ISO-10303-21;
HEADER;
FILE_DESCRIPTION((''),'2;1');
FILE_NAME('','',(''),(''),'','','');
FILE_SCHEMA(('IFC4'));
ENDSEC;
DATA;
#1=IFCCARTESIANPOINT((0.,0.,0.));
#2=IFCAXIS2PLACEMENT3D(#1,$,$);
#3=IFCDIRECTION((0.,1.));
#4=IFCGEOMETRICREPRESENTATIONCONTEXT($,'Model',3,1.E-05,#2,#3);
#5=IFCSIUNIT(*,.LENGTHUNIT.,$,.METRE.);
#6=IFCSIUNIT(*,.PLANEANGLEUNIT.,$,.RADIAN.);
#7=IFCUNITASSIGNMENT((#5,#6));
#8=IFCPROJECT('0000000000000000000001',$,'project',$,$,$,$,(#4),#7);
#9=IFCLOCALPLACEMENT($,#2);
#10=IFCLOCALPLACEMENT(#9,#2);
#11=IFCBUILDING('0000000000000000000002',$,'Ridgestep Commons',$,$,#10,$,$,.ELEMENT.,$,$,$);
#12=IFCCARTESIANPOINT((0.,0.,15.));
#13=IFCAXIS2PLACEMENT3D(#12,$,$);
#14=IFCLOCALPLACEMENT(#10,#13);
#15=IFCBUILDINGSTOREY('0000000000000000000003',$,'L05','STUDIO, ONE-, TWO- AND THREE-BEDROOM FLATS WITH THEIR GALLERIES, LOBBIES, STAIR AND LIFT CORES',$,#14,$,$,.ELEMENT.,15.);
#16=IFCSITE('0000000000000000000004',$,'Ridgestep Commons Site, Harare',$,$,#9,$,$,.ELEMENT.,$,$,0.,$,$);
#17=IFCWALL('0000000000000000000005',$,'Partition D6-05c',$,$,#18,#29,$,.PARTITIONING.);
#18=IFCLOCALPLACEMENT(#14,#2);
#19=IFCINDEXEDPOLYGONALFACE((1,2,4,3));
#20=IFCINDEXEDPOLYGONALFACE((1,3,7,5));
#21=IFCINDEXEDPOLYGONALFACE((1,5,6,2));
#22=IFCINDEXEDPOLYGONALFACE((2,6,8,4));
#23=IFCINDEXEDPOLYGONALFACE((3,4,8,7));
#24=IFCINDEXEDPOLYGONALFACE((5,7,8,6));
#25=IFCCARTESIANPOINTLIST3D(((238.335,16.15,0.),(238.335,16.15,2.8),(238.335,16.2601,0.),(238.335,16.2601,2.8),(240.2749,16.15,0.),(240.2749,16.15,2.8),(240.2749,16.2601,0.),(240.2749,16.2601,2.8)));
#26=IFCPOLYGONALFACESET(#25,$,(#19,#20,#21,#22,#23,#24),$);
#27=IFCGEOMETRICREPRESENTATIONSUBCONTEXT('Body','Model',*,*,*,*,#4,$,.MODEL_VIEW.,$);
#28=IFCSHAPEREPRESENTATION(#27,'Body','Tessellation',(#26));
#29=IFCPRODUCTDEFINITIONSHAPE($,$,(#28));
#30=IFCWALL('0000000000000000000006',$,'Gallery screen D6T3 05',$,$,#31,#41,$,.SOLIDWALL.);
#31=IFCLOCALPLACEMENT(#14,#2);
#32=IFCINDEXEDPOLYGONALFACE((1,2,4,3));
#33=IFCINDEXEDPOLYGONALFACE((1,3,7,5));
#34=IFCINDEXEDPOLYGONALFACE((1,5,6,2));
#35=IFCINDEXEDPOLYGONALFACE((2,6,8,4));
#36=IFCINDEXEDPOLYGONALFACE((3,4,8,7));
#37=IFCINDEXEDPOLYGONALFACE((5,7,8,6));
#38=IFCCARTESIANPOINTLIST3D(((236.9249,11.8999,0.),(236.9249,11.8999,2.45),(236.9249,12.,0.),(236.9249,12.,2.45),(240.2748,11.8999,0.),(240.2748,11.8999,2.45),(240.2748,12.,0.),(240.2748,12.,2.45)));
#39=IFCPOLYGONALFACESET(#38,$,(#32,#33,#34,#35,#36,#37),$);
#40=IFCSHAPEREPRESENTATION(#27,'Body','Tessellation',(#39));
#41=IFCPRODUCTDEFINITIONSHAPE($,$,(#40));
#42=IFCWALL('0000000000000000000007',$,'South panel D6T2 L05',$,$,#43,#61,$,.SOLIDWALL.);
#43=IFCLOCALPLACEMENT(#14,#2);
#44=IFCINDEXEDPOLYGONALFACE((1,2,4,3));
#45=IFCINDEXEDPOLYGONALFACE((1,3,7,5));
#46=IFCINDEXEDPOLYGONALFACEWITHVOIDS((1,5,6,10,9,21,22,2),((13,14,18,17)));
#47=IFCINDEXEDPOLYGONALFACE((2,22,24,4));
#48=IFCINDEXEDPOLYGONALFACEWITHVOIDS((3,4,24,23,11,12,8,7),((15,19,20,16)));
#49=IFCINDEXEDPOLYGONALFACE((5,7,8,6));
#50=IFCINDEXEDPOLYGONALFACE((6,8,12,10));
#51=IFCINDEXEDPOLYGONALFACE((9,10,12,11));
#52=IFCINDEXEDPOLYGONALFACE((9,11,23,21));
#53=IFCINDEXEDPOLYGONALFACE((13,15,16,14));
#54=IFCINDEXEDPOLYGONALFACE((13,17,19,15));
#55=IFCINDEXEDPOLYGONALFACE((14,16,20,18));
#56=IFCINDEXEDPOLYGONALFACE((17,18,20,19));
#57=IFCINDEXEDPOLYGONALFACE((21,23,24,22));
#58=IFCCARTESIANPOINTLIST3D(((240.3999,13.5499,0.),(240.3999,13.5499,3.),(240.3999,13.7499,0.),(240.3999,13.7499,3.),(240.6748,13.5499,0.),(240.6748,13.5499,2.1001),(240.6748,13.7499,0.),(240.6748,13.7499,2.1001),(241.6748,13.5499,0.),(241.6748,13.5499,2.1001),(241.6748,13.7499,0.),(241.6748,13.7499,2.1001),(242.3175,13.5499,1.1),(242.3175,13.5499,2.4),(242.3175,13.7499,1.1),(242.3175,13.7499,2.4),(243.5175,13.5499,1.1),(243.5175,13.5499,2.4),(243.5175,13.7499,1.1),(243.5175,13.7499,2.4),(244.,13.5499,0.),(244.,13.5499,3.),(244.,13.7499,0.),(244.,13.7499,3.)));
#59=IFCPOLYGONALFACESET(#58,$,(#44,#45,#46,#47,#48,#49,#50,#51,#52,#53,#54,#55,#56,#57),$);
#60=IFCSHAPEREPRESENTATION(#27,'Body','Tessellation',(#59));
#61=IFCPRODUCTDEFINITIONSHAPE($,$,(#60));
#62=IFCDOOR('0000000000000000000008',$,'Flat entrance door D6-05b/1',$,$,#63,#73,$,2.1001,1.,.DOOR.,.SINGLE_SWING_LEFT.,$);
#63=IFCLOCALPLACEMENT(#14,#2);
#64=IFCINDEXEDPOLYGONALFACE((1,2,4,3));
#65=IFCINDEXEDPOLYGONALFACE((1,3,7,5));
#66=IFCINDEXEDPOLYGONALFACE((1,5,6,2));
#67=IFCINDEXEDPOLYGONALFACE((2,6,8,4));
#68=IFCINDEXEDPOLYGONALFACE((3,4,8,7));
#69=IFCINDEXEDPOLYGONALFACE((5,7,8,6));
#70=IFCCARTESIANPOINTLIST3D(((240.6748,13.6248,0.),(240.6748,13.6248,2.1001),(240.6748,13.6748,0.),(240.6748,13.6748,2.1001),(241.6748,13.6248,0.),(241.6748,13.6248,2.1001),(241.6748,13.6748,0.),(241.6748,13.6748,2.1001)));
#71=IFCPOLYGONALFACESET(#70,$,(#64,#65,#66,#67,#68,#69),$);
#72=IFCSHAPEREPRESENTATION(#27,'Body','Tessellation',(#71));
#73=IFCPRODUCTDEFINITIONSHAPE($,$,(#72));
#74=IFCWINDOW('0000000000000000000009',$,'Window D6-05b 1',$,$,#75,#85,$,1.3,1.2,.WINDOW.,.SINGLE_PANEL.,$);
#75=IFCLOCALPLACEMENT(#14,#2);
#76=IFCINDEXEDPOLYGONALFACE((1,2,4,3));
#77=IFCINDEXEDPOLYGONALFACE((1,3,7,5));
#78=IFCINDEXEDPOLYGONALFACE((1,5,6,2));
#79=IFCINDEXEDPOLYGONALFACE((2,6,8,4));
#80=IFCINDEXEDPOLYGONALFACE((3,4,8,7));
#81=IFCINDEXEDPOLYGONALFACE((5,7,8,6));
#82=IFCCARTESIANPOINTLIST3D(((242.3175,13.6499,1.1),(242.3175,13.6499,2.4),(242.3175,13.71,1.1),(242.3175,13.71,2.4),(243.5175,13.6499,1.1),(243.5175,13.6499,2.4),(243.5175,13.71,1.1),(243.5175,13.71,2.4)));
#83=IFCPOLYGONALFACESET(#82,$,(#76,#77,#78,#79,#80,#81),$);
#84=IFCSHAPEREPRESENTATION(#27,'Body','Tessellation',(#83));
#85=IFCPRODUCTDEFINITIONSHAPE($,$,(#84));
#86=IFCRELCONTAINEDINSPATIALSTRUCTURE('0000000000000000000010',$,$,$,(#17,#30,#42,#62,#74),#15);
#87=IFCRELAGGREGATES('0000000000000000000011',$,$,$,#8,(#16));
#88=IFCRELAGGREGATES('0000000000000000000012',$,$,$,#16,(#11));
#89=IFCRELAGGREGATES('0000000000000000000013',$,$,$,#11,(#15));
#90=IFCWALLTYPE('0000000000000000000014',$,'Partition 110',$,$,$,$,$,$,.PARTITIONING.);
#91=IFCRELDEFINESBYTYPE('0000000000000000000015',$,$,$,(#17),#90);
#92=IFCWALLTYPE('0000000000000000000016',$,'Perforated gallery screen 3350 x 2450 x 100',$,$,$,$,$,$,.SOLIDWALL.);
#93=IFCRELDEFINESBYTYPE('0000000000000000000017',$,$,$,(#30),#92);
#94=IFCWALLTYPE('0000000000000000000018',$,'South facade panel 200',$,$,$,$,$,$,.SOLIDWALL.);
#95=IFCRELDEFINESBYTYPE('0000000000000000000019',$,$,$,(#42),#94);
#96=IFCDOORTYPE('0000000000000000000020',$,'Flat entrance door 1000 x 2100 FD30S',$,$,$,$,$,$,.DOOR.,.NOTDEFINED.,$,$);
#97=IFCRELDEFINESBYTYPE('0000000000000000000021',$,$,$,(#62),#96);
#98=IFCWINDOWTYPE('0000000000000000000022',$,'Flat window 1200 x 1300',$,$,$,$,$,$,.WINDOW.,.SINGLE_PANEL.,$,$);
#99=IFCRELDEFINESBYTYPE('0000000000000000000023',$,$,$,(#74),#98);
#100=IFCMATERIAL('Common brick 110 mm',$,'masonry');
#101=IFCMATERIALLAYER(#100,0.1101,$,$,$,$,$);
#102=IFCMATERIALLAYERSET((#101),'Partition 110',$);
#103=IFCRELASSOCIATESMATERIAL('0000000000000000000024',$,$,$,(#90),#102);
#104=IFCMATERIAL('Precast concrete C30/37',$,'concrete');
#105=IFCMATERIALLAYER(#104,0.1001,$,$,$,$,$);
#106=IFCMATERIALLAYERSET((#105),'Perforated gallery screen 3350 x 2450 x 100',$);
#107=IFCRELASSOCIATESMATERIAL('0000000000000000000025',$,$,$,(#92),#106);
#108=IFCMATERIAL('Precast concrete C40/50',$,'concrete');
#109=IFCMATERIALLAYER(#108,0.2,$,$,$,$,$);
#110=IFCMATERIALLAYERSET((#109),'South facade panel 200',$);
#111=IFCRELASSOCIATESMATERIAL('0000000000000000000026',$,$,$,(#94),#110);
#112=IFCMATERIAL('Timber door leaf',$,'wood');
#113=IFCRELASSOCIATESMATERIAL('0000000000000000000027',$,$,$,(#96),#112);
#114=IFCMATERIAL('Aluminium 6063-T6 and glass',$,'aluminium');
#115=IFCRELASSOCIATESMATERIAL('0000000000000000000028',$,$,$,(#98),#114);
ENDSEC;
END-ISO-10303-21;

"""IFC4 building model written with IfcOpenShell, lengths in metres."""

from ifc_helpers import new_model, si_unit, direction, frame, frame_2d, origin, place, context, subcontext, project, spatial, rectangle, extrude, material, layer, layer_set, type_object, element, fill, save


model = new_model("IFC4")

# Units and contexts
model_context = context("Model", 3, precision=1e-05, world=origin(), true_north=direction((0.0, 1.0)))
body_context = subcontext(model_context, "Body", "Model", "MODEL_VIEW")
ifc_project = project(units=[si_unit("LENGTHUNIT", "METRE"), si_unit("PLANEANGLEUNIT", "RADIAN")], contexts=[model_context])

# Site, building, storey
site_placement = place(None, origin())
site = spatial("IfcSite", under=ifc_project, at=site_placement, Name="Ridgestep Commons Site, Harare", CompositionType="ELEMENT", RefElevation=0.0)
building_placement = place(site_placement, origin())
building = spatial("IfcBuilding", under=site, at=building_placement, Name="Ridgestep Commons", CompositionType="ELEMENT")
storey_placement = place(building_placement, frame((0.0, 0.0, 15.0)))
storey = spatial("IfcBuildingStorey", under=building, at=storey_placement, Name="L05", Description="STUDIO, ONE-, TWO- AND THREE-BEDROOM FLATS WITH THEIR GALLERIES, LOBBIES, STAIR AND LIFT CORES", CompositionType="ELEMENT", Elevation=15.0)

# Shared definitions
ifc_material_1 = material(Name="Common brick 110 mm", Category="masonry")
ifc_layer_1 = layer(ifc_material_1, 0.1101)
ifc_layer_set_1 = layer_set([ifc_layer_1], Name="Partition 110")
wall_type_1 = type_object("IfcWallType", Name="Partition 110", PredefinedType="PARTITIONING", material=ifc_layer_set_1)

# Walls
wall_1_placement = place(storey_placement, frame((238.335, 16.2051, 0.0), z_axis=(0.0, 0.0, 1.0), x_axis=(1.0, 0.0, 0.0)))
element("IfcWall", 1, at=wall_1_placement, inside=storey, type_object=wall_type_1, Name="Partition D6-05c", PredefinedType="PARTITIONING", context=body_context, shape_type="SweptSolid", body=[
    extrude(rectangle(XDim=1.9399, YDim=0.1101, at=frame_2d((0.97, 0.0))), origin(), (0.0, 0.0, 1.0), 2.8),
])
ifc_material_2 = material(Name="Precast concrete C30/37", Category="concrete")
ifc_layer_2 = layer(ifc_material_2, 0.1001)
ifc_layer_set_2 = layer_set([ifc_layer_2], Name="Perforated gallery screen 3350 x 2450 x 100")
wall_type_2 = type_object("IfcWallType", Name="Perforated gallery screen 3350 x 2450 x 100", PredefinedType="SOLIDWALL", material=ifc_layer_set_2)
wall_2_placement = place(storey_placement, frame((236.925, 11.95, 0.0), z_axis=(0.0, 0.0, 1.0), x_axis=(1.0, 0.0, 0.0)))
element("IfcWall", 2, at=wall_2_placement, inside=storey, type_object=wall_type_2, Name="Gallery screen D6T3 05", PredefinedType="SOLIDWALL", context=body_context, shape_type="SweptSolid", body=[
    extrude(rectangle(XDim=3.3499, YDim=0.1001, at=frame_2d((1.6748, 0.0))), origin(), (0.0, 0.0, 1.0), 2.45),
])

# Wall, openings, door, window
ifc_material_3 = material(Name="Precast concrete C40/50", Category="concrete")
ifc_layer_3 = layer(ifc_material_3, 0.2)
ifc_layer_set_3 = layer_set([ifc_layer_3], Name="South facade panel 200")
wall_type_3 = type_object("IfcWallType", Name="South facade panel 200", PredefinedType="SOLIDWALL", material=ifc_layer_set_3)
wall_3_placement = place(storey_placement, frame((240.3999, 13.6499, 0.0), z_axis=(0.0, 0.0, 1.0), x_axis=(1.0, 0.0, 0.0)))
wall_3 = element("IfcWall", 3, at=wall_3_placement, inside=storey, type_object=wall_type_3, Name="South panel D6T2 L05", PredefinedType="SOLIDWALL", context=body_context, shape_type="SweptSolid", body=[
    extrude(rectangle(XDim=3.6001, YDim=0.2, at=frame_2d((1.8, 0.0))), origin(), (0.0, 0.0, 1.0), 3.0),
])
opening_1_placement = place(wall_3_placement, frame((1.9175, 0.0, 1.1001)))
opening_1 = element("IfcOpeningElement", 4, at=opening_1_placement, cuts=wall_3, PredefinedType="OPENING", context=body_context, shape_type="SweptSolid", body=[
    extrude(rectangle(XDim=1.2, YDim=1.3, at=frame_2d((0.6001, 0.6499))), frame((0.0, 0.1099, 0.0), z_axis=(0.0, -1.0, 0.0), x_axis=(1.0, 0.0, 0.0)), (0.0, 0.0, 1.0), 0.22),
])
opening_2_placement = place(wall_3_placement, frame((0.2749, 0.0, 0.0)))
opening_2 = element("IfcOpeningElement", 5, at=opening_2_placement, cuts=wall_3, PredefinedType="OPENING", context=body_context, shape_type="SweptSolid", body=[
    extrude(rectangle(XDim=1.0, YDim=2.1001, at=frame_2d((0.5, 1.05))), frame((0.0, 0.1099, 0.0), z_axis=(0.0, -1.0, 0.0), x_axis=(1.0, 0.0, 0.0)), (0.0, 0.0, 1.0), 0.22),
])
ifc_material_4 = material(Name="Timber door leaf", Category="wood")
door_type_1 = type_object("IfcDoorType", Name="Flat entrance door 1000 x 2100 FD30S", OperationType="NOTDEFINED", PredefinedType="DOOR", material=ifc_material_4)
door_1_placement = place(opening_2_placement, origin())
door_1 = element("IfcDoor", 6, at=door_1_placement, inside=storey, type_object=door_type_1, Name="Flat entrance door D6-05b/1", OperationType="SINGLE_SWING_LEFT", OverallHeight=2.1001, OverallWidth=1.0, PredefinedType="DOOR", context=body_context, shape_type="SweptSolid", body=[
    extrude(rectangle(XDim=1.0, YDim=2.1001, at=frame_2d((0.5, 1.05))), frame((0.0, 0.0249, 0.0), z_axis=(0.0, -1.0, 0.0), x_axis=(1.0, 0.0, 0.0)), (0.0, 0.0, 1.0), 0.05),
])
fill(opening_2, door_1)
ifc_material_5 = material(Name="Aluminium 6063-T6 and glass", Category="aluminium")
window_type = type_object("IfcWindowType", Name="Flat window 1200 x 1300", PartitioningType="SINGLE_PANEL", PredefinedType="WINDOW", material=ifc_material_5)
window_placement = place(opening_1_placement, origin())
window = element("IfcWindow", 7, at=window_placement, inside=storey, type_object=window_type, Name="Window D6-05b 1", OverallHeight=1.3, OverallWidth=1.2, PartitioningType="SINGLE_PANEL", PredefinedType="WINDOW", context=body_context, shape_type="SweptSolid", body=[
    extrude(rectangle(XDim=1.2, YDim=1.3, at=frame_2d((0.6001, 0.6499))), frame((0.0, 0.0601, 0.0), z_axis=(0.0, -1.0, 0.0), x_axis=(1.0, 0.0, 0.0)), (0.0, 0.0, 1.0), 0.0601),
])
fill(opening_1, window)

save(model, "model.ifc")
